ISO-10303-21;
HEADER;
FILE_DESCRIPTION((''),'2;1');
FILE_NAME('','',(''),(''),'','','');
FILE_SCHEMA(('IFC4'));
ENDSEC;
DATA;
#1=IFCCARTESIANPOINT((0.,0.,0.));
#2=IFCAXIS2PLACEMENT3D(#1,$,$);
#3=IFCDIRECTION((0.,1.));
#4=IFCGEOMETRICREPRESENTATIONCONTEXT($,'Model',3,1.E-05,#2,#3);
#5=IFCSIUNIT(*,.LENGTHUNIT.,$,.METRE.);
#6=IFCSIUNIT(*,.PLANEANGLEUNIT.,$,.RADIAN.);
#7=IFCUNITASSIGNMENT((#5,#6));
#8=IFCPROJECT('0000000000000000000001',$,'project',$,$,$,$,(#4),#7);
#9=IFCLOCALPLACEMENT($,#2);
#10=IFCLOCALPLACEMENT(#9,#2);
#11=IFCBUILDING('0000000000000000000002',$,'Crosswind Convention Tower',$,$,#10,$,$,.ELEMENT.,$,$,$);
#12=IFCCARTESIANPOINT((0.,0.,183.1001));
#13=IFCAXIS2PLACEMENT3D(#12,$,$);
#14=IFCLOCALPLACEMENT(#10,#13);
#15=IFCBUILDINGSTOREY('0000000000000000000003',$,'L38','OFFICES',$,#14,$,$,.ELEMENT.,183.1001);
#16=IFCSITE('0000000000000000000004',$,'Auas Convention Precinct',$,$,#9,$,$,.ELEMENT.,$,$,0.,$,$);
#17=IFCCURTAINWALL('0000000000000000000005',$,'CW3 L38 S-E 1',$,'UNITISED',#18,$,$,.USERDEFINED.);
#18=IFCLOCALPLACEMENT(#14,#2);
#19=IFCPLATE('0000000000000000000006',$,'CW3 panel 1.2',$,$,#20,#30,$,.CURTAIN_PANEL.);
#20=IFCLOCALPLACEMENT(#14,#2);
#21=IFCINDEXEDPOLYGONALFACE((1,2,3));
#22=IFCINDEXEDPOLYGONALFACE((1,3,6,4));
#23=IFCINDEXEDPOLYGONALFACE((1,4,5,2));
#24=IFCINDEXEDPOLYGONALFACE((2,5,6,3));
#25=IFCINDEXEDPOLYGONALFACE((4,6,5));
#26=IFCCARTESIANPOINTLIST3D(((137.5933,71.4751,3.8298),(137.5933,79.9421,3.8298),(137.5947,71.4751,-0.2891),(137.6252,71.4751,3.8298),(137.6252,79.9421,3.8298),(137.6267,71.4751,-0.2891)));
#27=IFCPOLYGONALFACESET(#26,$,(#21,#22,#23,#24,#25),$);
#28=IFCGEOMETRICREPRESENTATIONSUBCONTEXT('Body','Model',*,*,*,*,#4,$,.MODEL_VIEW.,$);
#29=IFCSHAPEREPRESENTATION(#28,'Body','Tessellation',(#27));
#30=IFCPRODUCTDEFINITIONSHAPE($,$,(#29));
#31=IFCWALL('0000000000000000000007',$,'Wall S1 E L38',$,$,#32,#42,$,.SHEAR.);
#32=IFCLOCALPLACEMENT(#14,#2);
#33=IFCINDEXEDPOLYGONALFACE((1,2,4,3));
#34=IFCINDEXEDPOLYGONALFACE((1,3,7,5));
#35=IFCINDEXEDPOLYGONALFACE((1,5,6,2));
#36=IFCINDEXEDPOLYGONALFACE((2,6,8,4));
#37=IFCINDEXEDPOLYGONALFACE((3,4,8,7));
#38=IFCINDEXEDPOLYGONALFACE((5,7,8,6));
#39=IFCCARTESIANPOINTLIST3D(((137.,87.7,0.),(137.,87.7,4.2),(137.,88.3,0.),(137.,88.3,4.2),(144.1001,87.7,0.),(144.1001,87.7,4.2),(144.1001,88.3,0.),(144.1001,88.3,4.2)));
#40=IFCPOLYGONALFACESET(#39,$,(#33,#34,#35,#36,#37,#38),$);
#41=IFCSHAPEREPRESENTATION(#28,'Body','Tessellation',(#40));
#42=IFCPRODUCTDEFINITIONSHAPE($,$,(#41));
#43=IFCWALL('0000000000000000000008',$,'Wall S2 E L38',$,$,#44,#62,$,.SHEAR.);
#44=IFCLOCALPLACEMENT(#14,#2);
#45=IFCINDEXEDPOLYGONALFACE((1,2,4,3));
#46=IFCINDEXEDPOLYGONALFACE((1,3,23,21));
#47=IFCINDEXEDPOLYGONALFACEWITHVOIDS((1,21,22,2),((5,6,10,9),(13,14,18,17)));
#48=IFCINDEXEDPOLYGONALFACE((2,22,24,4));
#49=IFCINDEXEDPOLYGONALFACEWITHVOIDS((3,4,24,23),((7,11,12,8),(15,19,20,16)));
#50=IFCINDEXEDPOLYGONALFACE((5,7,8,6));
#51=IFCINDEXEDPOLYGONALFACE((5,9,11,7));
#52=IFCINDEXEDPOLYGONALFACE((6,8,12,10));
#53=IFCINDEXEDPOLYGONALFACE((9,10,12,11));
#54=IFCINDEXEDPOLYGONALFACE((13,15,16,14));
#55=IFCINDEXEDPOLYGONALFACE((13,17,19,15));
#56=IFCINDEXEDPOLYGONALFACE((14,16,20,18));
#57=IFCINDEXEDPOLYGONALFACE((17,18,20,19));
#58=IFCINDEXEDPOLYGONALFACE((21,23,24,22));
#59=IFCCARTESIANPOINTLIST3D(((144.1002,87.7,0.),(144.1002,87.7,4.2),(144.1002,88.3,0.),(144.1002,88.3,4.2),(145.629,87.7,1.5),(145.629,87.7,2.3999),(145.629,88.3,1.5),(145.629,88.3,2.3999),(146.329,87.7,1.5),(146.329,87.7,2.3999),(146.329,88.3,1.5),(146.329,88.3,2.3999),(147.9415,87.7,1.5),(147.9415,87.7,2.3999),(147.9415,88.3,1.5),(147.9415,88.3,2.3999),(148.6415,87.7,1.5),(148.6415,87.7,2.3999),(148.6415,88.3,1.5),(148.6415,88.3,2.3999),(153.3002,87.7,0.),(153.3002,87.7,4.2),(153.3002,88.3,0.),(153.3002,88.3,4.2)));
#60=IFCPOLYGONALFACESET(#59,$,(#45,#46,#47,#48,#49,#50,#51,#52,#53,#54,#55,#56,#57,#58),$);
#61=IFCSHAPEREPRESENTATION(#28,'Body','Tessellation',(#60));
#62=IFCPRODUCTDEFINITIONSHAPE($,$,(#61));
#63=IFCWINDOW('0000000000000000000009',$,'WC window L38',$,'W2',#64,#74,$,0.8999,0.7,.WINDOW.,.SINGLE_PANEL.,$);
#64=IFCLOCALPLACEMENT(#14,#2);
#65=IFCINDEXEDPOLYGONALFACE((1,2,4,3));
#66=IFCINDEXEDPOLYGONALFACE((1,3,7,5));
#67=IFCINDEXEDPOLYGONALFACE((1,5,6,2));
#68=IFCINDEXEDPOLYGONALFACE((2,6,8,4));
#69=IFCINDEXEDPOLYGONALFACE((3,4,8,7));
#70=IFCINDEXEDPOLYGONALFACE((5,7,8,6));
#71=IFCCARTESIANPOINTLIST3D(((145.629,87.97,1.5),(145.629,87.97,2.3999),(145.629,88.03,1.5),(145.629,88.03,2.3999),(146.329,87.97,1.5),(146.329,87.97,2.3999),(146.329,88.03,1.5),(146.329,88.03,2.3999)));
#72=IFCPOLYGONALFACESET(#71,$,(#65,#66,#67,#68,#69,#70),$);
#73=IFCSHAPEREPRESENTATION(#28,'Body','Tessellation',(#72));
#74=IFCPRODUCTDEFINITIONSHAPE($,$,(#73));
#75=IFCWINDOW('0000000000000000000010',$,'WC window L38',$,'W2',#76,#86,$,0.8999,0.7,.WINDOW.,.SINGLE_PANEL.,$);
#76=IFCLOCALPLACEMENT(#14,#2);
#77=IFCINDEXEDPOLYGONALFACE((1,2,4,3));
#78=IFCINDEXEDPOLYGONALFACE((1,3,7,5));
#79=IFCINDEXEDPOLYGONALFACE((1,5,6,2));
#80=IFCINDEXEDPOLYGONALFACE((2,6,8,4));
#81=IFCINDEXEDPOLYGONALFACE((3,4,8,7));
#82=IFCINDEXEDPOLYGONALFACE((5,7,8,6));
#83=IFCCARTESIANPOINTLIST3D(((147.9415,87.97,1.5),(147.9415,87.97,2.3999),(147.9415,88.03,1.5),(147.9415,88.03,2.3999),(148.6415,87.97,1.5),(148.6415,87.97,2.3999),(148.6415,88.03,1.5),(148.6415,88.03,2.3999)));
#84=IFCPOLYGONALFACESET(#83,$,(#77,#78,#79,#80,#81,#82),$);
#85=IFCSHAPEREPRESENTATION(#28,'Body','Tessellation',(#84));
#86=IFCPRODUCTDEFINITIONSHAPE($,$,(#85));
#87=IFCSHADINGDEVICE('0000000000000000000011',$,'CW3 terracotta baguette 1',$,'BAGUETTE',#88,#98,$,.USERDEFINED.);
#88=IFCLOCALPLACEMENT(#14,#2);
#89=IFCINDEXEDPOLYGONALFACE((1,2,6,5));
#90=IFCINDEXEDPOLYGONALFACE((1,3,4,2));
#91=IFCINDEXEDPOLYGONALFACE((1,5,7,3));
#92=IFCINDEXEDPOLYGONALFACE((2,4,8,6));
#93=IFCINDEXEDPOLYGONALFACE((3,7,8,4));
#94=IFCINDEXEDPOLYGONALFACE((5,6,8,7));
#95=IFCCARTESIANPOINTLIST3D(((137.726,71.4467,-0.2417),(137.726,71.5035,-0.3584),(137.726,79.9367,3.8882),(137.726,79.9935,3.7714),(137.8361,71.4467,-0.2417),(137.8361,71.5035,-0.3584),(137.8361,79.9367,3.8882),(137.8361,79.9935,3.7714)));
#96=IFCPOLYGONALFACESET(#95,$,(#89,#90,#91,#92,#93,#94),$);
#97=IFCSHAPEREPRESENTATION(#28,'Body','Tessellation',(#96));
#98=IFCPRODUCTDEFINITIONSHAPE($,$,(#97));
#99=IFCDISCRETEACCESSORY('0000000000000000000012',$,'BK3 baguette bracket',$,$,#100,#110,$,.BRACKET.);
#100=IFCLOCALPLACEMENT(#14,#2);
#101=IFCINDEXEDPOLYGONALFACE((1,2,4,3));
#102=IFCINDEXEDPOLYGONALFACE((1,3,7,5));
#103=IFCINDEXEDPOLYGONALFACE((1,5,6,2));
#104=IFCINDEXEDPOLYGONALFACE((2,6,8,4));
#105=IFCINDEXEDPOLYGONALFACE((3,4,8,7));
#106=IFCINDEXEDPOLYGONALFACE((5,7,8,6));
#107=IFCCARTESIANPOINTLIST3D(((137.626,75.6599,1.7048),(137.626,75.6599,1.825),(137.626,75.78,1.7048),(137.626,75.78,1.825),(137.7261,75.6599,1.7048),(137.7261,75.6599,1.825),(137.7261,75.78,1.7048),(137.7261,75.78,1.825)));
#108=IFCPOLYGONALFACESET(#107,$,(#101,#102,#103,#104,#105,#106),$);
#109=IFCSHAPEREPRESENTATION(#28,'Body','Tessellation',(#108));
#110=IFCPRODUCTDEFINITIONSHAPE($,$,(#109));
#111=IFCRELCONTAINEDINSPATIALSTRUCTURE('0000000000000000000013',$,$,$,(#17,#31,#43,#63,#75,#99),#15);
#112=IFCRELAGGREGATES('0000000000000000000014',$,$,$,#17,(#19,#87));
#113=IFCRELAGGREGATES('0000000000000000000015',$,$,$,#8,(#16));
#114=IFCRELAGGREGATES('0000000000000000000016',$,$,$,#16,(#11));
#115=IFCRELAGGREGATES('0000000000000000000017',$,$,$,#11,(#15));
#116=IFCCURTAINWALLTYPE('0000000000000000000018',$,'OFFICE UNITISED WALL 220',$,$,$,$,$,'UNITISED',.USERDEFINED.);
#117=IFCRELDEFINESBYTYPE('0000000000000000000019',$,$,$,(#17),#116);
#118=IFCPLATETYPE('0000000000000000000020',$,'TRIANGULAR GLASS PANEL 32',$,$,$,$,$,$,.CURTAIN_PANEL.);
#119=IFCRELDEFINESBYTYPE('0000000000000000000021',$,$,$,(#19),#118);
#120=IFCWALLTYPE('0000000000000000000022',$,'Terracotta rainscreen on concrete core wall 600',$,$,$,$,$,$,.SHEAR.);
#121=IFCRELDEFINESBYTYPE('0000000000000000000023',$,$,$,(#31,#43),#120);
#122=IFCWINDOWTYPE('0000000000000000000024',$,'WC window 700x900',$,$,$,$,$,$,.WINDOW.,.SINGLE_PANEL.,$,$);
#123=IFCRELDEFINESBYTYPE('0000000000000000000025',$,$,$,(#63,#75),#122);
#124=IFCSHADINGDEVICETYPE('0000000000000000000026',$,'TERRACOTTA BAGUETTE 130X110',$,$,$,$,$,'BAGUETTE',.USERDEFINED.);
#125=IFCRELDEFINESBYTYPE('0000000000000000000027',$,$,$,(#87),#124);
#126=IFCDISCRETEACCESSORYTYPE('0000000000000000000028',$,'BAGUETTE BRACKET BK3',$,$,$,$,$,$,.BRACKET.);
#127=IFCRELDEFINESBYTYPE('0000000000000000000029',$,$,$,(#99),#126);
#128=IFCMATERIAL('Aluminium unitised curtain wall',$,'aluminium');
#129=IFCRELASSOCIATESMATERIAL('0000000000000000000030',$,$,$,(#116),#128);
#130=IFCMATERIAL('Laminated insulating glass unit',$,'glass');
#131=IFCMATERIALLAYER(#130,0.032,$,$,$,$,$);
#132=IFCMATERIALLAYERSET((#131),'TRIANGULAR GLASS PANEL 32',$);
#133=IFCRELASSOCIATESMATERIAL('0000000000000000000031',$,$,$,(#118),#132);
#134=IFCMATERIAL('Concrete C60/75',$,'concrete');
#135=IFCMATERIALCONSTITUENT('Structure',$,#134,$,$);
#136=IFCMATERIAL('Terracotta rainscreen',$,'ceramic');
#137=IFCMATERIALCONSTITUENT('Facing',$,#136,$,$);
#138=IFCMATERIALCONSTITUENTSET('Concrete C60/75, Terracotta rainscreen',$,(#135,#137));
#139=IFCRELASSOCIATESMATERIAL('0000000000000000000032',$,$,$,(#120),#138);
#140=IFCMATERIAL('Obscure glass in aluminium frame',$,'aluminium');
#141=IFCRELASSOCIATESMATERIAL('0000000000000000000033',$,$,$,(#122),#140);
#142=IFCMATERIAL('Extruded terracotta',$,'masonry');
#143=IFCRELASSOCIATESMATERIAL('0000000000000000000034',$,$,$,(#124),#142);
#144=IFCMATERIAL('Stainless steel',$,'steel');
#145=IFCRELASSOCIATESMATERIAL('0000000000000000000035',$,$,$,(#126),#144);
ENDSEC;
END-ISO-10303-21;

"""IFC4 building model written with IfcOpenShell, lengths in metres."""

from ifc_helpers import new_model, si_unit, direction, frame, frame_2d, origin, origin_2d, place, context, subcontext, project, spatial, polyline, rectangle, outline, extrude, material, layer, layer_set, constituent, constituent_set, material_profile, profile_set, type_object, element, fill, aggregate, save


model = new_model("IFC4")

# Units and contexts
model_context = context("Model", 3, precision=1e-05, world=origin(), true_north=direction((0.0, 1.0)))
body_context = subcontext(model_context, "Body", "Model", "MODEL_VIEW")
ifc_project = project(units=[si_unit("LENGTHUNIT", "METRE"), si_unit("PLANEANGLEUNIT", "RADIAN")], contexts=[model_context])

# Site, building, storey
site_placement = place(None, origin())
site = spatial("IfcSite", under=ifc_project, at=site_placement, Name="Auas Convention Precinct", CompositionType="ELEMENT", RefElevation=0.0)
building_placement = place(site_placement, origin())
building = spatial("IfcBuilding", under=site, at=building_placement, Name="Crosswind Convention Tower", CompositionType="ELEMENT")
storey_placement = place(building_placement, frame((0.0, 0.0, 183.1001)))
storey = spatial("IfcBuildingStorey", under=building, at=storey_placement, Name="L38", Description="OFFICES", CompositionType="ELEMENT", Elevation=183.1001)

# Shared definitions
ifc_material_1 = material(Name="Concrete C60/75", Category="concrete")

# Shared definitions
ifc_material_2 = material(Name="Aluminium unitised curtain wall", Category="aluminium")

# Curtain wall
curtain_wall_type_1 = type_object("IfcCurtainWallType", Name="OFFICE UNITISED WALL 220", ElementType="UNITISED", PredefinedType="USERDEFINED", material=ifc_material_2)
curtain_wall_1_placement = place(storey_placement, origin())
curtain_wall_1 = element("IfcCurtainWall", 1, at=curtain_wall_1_placement, inside=storey, type_object=curtain_wall_type_1, Name="CW3 L38 S-E 1", ObjectType="UNITISED", PredefinedType="USERDEFINED")

# Plate
ifc_material_3 = material(Name="Laminated insulating glass unit", Category="glass")
ifc_layer_1 = layer(ifc_material_3, 0.032)
ifc_layer_set_1 = layer_set([ifc_layer_1], Name="TRIANGULAR GLASS PANEL 32")
plate_type_1 = type_object("IfcPlateType", Name="TRIANGULAR GLASS PANEL 32", PredefinedType="CURTAIN_PANEL", material=ifc_layer_set_1)
plate_1_placement = place(storey_placement, frame((137.6252, 71.4751, 3.8298), z_axis=(1.0, 0.0, 0.000356), x_axis=(0.000356, 0.0, -1.0)))
plate_1 = element("IfcPlate", 2, at=plate_1_placement, type_object=plate_type_1, Name="CW3 panel 1.2", PredefinedType="CURTAIN_PANEL", context=body_context, shape_type="SweptSolid", body=[
    extrude(outline(polyline([(0.0, 0.0), (4.1189, 0.0), (0.0, 8.467), (0.0, 0.0)])), origin(), (0.0, 0.0, -1.0), 0.032),
])

# Wall
ifc_constituent_1 = constituent(ifc_material_1, Name="Structure")
ifc_material_4 = material(Name="Terracotta rainscreen", Category="ceramic")
ifc_constituent_2 = constituent(ifc_material_4, Name="Facing")
ifc_constituent_set = constituent_set(constituents=[ifc_constituent_1, ifc_constituent_2], Name="Concrete C60/75, Terracotta rainscreen")
wall_type = type_object("IfcWallType", Name="Terracotta rainscreen on concrete core wall 600", PredefinedType="SHEAR", material=ifc_constituent_set)
wall_1_placement = place(storey_placement, frame((137.0, 88.0, 0.0), z_axis=(0.0, 0.0, 1.0), x_axis=(1.0, 0.0, 0.0)))
element("IfcWall", 3, at=wall_1_placement, inside=storey, type_object=wall_type, Name="Wall S1 E L38", PredefinedType="SHEAR", context=body_context, shape_type="SweptSolid", body=[
    extrude(rectangle(XDim=7.1001, YDim=0.6001, at=frame_2d((3.55, 0.0))), origin(), (0.0, 0.0, 1.0), 4.2),
])

# Wall, openings, windows
wall_2_placement = place(storey_placement, frame((144.1001, 88.0, 0.0), z_axis=(0.0, 0.0, 1.0), x_axis=(1.0, 0.0, 0.0)))
wall_2 = element("IfcWall", 4, at=wall_2_placement, inside=storey, type_object=wall_type, Name="Wall S2 E L38", PredefinedType="SHEAR", context=body_context, shape_type="SweptSolid", body=[
    extrude(rectangle(XDim=9.2, YDim=0.6001, at=frame_2d((4.6001, 0.0))), origin(), (0.0, 0.0, 1.0), 4.2),
])
opening_1_placement = place(wall_2_placement, frame((1.5288, 0.0, 1.5)))
opening_1 = element("IfcOpeningElement", 5, at=opening_1_placement, cuts=wall_2, PredefinedType="OPENING", context=body_context, shape_type="SweptSolid", body=[
    extrude(rectangle(XDim=0.7, YDim=0.8999, at=frame_2d((0.3501, 0.45))), frame((0.0, 0.3101, 0.0), z_axis=(0.0, -1.0, 0.0), x_axis=(1.0, 0.0, 0.0)), (0.0, 0.0, 1.0), 0.6201),
])
opening_2_placement = place(wall_2_placement, frame((3.8413, 0.0, 1.5)))
opening_2 = element("IfcOpeningElement", 6, at=opening_2_placement, cuts=wall_2, PredefinedType="OPENING", context=body_context, shape_type="SweptSolid", body=[
    extrude(rectangle(XDim=0.7, YDim=0.8999, at=frame_2d((0.3501, 0.45))), frame((0.0, 0.3101, 0.0), z_axis=(0.0, -1.0, 0.0), x_axis=(1.0, 0.0, 0.0)), (0.0, 0.0, 1.0), 0.6201),
])
ifc_material_5 = material(Name="Obscure glass in aluminium frame", Category="aluminium")
window_type = type_object("IfcWindowType", Name="WC window 700x900", PartitioningType="SINGLE_PANEL", PredefinedType="WINDOW", material=ifc_material_5)
window_1_placement = place(opening_1_placement, origin())
window_1 = element("IfcWindow", 7, at=window_1_placement, inside=storey, type_object=window_type, Name="WC window L38", ObjectType="W2", OverallHeight=0.8999, OverallWidth=0.7, PartitioningType="SINGLE_PANEL", PredefinedType="WINDOW", context=body_context, shape_type="SweptSolid", body=[
    extrude(rectangle(XDim=0.7, YDim=0.8999, at=frame_2d((0.3501, 0.45))), frame((0.0, 0.03, 0.0), z_axis=(0.0, -1.0, 0.0), x_axis=(1.0, 0.0, 0.0)), (0.0, 0.0, 1.0), 0.0601),
])
fill(opening_1, window_1)
window_2_placement = place(opening_2_placement, origin())
window_2 = element("IfcWindow", 8, at=window_2_placement, inside=storey, type_object=window_type, Name="WC window L38", ObjectType="W2", OverallHeight=0.8999, OverallWidth=0.7, PartitioningType="SINGLE_PANEL", PredefinedType="WINDOW", context=body_context, shape_type="SweptSolid", body=[
    extrude(rectangle(XDim=0.7, YDim=0.8999, at=frame_2d((0.3501, 0.45))), frame((0.0, 0.03, 0.0), z_axis=(0.0, -1.0, 0.0), x_axis=(1.0, 0.0, 0.0)), (0.0, 0.0, 1.0), 0.0601),
])
fill(opening_2, window_2)

# Shading device
ifc_material_6 = material(Name="Extruded terracotta", Category="masonry")
ifc_material_profile_1 = material_profile(ifc_material_6, rectangle(XDim=0.1101, YDim=0.1299, at=origin_2d()), Name="TC 110X130")
ifc_profile_set_1 = profile_set([ifc_material_profile_1], Name="Extruded terracotta")
shading_device_type = type_object("IfcShadingDeviceType", Name="TERRACOTTA BAGUETTE 130X110", ElementType="BAGUETTE", PredefinedType="USERDEFINED", material=ifc_profile_set_1)
shading_device_placement = place(storey_placement, frame((137.781, 71.4751, -0.3), z_axis=(0.0, 0.899251, 0.437433), x_axis=(-1.0, 0.0, 0.0)))
shading_device = element("IfcShadingDevice", 9, at=shading_device_placement, type_object=shading_device_type, Name="CW3 terracotta baguette 1", ObjectType="BAGUETTE", PredefinedType="USERDEFINED", context=body_context, shape_type="SweptSolid", body=[
    extrude(rectangle(XDim=0.1101, YDim=0.1299, at=origin_2d()), origin(), (0.0, 0.0, 1.0), 9.4412),
])
aggregate(curtain_wall_1, [plate_1, shading_device])

# Discrete accessory
ifc_material_7 = material(Name="Stainless steel", Category="steel")
discrete_accessory_type = type_object("IfcDiscreteAccessoryType", Name="BAGUETTE BRACKET BK3", PredefinedType="BRACKET", material=ifc_material_7)
discrete_accessory_placement = place(storey_placement, frame((137.676, 75.72, 1.7048), z_axis=(0.0, 0.0, 1.0), x_axis=(0.0, 1.0, 0.0)))
element("IfcDiscreteAccessory", 10, at=discrete_accessory_placement, inside=storey, type_object=discrete_accessory_type, Name="BK3 baguette bracket", PredefinedType="BRACKET", context=body_context, shape_type="SweptSolid", body=[
    extrude(rectangle(XDim=0.1201, YDim=0.1001, at=origin_2d()), origin(), (0.0, 0.0, 1.0), 0.1201),
])

save(model, "model.ifc")
